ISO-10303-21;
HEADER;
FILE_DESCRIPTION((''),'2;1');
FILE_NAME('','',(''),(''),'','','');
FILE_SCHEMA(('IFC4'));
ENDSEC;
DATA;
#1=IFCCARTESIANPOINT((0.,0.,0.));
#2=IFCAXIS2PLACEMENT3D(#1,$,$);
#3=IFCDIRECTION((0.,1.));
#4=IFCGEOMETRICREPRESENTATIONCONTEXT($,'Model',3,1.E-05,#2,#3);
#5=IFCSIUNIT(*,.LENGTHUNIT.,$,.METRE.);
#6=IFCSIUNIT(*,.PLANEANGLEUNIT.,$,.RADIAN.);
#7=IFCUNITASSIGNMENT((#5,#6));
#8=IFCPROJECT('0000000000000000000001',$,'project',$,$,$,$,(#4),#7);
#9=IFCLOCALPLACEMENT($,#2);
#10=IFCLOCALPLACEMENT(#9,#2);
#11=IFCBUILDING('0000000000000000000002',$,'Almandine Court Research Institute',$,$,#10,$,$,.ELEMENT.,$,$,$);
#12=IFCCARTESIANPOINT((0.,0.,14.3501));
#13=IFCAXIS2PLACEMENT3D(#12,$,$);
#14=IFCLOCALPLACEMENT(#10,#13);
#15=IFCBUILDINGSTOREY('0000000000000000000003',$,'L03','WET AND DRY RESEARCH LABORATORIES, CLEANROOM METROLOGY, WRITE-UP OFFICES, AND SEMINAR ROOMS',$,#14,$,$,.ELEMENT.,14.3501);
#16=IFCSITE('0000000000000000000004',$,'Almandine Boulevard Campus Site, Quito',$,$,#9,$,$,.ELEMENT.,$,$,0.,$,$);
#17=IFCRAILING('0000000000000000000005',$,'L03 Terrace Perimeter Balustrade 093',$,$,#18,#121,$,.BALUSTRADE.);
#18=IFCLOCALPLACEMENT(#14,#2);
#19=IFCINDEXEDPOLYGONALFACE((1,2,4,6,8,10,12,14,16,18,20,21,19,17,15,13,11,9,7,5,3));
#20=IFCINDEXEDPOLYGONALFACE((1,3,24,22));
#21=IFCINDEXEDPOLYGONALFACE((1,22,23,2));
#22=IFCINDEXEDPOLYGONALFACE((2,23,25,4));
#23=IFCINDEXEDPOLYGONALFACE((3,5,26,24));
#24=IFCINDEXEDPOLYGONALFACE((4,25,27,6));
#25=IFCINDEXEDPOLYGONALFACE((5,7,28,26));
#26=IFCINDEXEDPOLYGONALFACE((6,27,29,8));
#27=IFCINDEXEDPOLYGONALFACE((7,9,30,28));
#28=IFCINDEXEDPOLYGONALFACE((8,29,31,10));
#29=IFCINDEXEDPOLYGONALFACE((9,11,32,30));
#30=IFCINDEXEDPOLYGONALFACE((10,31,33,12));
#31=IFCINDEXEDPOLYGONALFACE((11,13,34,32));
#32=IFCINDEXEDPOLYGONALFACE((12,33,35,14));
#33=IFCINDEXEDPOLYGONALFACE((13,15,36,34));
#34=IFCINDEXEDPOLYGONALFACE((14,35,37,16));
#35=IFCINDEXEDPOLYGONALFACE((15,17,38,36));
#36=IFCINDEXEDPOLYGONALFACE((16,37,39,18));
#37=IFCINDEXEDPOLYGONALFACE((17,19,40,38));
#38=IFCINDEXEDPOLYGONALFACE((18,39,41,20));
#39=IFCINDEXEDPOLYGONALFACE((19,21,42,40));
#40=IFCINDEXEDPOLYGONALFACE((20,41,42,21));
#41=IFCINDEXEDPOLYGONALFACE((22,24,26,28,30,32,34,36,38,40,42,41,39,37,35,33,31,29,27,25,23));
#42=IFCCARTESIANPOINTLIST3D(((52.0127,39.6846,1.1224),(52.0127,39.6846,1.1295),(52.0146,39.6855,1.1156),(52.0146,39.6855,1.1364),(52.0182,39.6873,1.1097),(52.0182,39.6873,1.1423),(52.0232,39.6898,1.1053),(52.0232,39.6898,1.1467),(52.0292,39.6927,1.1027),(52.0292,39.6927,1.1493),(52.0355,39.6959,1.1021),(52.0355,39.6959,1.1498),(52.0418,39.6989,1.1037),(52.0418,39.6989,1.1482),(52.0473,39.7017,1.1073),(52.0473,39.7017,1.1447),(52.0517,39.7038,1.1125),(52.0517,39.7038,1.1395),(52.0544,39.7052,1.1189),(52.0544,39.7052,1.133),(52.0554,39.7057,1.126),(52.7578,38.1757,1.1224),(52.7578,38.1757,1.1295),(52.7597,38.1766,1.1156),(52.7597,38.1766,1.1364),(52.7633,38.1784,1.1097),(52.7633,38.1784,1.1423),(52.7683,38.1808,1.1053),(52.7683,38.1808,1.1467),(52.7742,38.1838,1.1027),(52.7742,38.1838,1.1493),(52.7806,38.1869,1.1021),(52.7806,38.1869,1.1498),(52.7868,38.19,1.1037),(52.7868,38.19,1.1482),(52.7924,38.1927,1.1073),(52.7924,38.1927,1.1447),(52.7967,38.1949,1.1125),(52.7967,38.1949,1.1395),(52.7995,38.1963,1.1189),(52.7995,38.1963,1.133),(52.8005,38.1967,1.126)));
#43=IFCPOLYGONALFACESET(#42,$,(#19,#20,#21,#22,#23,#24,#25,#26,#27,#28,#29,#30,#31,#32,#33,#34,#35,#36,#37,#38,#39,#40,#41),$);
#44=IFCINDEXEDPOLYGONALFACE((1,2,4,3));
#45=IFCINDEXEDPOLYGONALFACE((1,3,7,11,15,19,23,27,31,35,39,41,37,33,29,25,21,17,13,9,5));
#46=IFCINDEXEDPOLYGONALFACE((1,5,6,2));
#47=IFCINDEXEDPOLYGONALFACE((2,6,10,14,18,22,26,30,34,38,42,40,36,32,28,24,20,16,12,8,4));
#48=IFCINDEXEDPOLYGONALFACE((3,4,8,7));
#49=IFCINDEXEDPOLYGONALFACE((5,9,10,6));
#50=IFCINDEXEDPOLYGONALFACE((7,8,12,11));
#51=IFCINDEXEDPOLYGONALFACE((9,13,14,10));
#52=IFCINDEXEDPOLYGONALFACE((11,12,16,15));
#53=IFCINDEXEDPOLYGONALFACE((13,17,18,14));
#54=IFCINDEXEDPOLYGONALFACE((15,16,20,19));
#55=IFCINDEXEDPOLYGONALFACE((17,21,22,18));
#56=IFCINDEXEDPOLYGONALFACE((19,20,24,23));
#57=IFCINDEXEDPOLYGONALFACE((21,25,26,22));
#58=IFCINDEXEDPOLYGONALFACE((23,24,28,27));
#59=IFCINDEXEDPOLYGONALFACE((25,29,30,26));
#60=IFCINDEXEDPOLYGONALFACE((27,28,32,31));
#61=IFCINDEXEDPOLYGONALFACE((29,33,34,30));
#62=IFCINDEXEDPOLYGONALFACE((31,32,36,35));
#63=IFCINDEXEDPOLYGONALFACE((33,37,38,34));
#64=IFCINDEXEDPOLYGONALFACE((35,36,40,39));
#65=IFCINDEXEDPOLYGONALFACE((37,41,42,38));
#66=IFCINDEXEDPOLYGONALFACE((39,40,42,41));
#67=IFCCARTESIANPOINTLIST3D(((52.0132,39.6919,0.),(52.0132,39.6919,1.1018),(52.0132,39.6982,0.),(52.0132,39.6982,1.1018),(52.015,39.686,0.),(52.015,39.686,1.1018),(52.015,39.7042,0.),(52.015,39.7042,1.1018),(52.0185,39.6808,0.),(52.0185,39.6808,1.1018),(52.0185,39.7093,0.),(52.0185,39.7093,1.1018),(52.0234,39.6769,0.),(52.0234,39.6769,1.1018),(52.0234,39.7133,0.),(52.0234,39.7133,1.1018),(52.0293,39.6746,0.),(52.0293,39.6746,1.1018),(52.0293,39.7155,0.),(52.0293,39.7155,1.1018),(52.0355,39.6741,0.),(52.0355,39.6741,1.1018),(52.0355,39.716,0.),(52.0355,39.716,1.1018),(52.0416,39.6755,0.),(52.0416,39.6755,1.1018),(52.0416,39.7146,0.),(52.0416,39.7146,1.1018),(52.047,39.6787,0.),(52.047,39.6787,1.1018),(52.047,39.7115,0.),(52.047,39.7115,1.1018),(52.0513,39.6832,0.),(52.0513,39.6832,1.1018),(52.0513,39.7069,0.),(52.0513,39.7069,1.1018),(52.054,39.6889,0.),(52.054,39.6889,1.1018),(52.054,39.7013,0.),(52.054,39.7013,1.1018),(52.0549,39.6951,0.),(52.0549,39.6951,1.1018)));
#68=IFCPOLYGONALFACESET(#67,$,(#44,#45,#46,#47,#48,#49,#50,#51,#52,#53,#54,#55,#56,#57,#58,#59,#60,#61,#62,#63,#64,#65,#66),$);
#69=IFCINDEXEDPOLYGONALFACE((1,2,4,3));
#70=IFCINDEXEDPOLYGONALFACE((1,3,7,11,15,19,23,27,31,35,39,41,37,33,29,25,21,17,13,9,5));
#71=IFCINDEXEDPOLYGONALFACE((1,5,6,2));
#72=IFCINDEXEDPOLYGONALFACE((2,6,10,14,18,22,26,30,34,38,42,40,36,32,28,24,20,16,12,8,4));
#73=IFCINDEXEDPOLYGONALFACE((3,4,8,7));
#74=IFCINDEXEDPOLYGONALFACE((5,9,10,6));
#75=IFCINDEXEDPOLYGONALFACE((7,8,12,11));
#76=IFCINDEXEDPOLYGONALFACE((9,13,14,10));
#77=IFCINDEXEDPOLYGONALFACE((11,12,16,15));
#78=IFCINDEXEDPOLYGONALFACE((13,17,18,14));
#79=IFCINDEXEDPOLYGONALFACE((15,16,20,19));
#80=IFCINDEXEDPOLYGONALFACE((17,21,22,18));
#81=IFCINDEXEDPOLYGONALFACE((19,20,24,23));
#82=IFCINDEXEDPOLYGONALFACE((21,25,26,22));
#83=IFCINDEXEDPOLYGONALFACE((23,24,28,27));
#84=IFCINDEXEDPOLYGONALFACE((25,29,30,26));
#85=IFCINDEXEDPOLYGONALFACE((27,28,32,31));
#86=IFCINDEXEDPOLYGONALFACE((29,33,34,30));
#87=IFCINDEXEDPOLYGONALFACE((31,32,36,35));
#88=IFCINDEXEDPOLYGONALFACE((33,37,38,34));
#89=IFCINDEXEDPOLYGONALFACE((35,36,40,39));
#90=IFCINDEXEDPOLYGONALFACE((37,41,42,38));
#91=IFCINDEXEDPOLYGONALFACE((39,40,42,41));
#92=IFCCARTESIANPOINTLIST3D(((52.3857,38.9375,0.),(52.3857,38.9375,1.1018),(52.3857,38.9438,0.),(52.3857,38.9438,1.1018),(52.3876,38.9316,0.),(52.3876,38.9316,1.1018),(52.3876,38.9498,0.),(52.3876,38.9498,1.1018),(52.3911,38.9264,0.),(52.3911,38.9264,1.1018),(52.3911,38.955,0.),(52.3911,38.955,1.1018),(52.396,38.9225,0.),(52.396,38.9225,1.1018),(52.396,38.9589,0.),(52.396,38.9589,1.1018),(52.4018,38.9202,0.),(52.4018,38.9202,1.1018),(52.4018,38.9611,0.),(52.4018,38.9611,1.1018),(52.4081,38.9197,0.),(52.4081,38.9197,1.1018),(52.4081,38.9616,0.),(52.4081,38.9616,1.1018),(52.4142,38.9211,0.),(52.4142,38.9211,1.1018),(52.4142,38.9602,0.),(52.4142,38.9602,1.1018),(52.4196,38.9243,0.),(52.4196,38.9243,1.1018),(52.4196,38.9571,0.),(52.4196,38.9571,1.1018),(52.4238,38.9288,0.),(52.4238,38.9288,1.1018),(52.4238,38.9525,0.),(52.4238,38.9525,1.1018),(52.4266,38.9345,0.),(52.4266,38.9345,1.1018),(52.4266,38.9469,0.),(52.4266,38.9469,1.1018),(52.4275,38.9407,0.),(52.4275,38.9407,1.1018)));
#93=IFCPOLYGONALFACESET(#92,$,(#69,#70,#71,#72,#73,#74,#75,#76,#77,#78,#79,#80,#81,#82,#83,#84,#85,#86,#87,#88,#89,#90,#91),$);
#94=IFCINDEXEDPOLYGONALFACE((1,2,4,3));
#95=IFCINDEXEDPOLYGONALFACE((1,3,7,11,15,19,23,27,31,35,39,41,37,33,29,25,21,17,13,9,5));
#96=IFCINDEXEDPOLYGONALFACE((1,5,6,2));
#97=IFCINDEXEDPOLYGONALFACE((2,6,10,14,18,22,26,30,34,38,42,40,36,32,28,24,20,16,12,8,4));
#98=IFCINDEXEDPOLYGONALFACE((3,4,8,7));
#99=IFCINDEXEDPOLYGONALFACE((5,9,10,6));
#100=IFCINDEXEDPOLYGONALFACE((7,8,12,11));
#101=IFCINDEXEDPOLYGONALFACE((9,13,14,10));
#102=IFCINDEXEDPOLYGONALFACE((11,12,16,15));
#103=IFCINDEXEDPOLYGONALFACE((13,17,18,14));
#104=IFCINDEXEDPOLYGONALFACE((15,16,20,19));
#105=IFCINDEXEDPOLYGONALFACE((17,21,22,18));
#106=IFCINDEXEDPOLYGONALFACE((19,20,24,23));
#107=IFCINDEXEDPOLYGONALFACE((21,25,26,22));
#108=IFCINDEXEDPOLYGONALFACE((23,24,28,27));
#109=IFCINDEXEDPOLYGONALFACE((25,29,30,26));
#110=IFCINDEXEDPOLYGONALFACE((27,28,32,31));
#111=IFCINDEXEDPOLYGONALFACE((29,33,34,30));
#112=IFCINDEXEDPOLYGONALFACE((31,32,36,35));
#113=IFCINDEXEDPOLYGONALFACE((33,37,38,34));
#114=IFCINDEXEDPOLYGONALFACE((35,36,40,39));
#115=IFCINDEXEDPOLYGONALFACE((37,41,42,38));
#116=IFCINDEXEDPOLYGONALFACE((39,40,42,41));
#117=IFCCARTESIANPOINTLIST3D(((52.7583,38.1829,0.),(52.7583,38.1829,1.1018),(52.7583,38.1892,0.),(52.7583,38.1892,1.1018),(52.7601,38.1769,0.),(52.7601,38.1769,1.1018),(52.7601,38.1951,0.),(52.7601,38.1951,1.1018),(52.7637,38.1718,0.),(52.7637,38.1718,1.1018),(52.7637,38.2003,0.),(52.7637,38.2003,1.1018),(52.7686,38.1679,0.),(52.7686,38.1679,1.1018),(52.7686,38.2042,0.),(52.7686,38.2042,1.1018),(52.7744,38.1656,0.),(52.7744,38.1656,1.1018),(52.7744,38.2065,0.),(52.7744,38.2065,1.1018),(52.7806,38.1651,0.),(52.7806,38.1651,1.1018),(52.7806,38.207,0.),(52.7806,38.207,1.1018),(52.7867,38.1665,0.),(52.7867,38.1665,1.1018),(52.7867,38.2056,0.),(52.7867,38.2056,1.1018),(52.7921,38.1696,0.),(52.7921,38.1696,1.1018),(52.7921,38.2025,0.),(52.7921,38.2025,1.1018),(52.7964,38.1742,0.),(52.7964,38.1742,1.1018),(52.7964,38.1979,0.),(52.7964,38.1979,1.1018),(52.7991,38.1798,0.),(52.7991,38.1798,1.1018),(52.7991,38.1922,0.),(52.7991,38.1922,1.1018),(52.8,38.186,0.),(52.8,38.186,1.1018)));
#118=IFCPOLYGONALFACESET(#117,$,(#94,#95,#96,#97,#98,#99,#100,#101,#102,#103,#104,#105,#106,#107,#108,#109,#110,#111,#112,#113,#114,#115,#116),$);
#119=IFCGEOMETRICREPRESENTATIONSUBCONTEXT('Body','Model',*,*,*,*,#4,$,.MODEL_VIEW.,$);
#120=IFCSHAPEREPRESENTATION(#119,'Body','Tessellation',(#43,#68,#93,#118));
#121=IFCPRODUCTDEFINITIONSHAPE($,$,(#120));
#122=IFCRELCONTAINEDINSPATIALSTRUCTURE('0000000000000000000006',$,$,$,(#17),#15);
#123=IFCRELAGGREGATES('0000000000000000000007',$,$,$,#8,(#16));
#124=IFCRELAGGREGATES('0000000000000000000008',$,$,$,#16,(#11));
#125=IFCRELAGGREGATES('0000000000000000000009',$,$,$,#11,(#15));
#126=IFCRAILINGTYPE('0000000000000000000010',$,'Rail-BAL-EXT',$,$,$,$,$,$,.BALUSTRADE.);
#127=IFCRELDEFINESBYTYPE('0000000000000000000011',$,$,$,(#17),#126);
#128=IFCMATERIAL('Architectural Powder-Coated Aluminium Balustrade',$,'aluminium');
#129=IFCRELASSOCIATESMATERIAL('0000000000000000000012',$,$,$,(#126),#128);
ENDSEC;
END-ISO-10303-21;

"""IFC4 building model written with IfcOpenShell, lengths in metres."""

from ifc_helpers import new_model, si_unit, direction, frame, origin, origin_2d, place, context, subcontext, project, spatial, circle, extrude, material, type_object, element, save


model = new_model("IFC4")

# Units and contexts
model_context = context("Model", 3, precision=1e-05, world=origin(), true_north=direction((0.0, 1.0)))
body_context = subcontext(model_context, "Body", "Model", "MODEL_VIEW")
ifc_project = project(units=[si_unit("LENGTHUNIT", "METRE"), si_unit("PLANEANGLEUNIT", "RADIAN")], contexts=[model_context])

# Site, building, storey
site_placement = place(None, origin())
site = spatial("IfcSite", under=ifc_project, at=site_placement, Name="Almandine Boulevard Campus Site, Quito", CompositionType="ELEMENT", RefElevation=0.0)
building_placement = place(site_placement, origin())
building = spatial("IfcBuilding", under=site, at=building_placement, Name="Almandine Court Research Institute", CompositionType="ELEMENT")
storey_placement = place(building_placement, frame((0.0, 0.0, 14.3501)))
storey = spatial("IfcBuildingStorey", under=building, at=storey_placement, Name="L03", Description="WET AND DRY RESEARCH LABORATORIES, CLEANROOM METROLOGY, WRITE-UP OFFICES, AND SEMINAR ROOMS", CompositionType="ELEMENT", Elevation=14.3501)

# Railing
ifc_material_1 = material(Name="Architectural Powder-Coated Aluminium Balustrade", Category="aluminium")
railing_type = type_object("IfcRailingType", Name="Rail-BAL-EXT", PredefinedType="BALUSTRADE", material=ifc_material_1)
railing_1_placement = place(storey_placement, frame((52.0339, 39.6951, 0.0)))
element("IfcRailing", 1, at=railing_1_placement, inside=storey, type_object=railing_type, Name="L03 Terrace Perimeter Balustrade 093", PredefinedType="BALUSTRADE", context=body_context, shape_type="SweptSolid", body=[
    extrude(circle(Radius=0.0239, at=origin_2d()), frame((0.0, 0.0, 1.126), z_axis=(0.44274, -0.89665, 0.0), x_axis=(0.89665, 0.44274, 0.0)), (0.0, 0.0, 1.0), 1.6829),
    extrude(circle(Radius=0.021, at=origin_2d()), origin(), (0.0, 0.0, 1.0), 1.1018),
    extrude(circle(Radius=0.021, at=origin_2d()), frame((0.3726, -0.7544, 0.0)), (0.0, 0.0, 1.0), 1.1018),
    extrude(circle(Radius=0.021, at=origin_2d()), frame((0.7451, -1.509, 0.0)), (0.0, 0.0, 1.0), 1.1018),
])

save(model, "model.ifc")
